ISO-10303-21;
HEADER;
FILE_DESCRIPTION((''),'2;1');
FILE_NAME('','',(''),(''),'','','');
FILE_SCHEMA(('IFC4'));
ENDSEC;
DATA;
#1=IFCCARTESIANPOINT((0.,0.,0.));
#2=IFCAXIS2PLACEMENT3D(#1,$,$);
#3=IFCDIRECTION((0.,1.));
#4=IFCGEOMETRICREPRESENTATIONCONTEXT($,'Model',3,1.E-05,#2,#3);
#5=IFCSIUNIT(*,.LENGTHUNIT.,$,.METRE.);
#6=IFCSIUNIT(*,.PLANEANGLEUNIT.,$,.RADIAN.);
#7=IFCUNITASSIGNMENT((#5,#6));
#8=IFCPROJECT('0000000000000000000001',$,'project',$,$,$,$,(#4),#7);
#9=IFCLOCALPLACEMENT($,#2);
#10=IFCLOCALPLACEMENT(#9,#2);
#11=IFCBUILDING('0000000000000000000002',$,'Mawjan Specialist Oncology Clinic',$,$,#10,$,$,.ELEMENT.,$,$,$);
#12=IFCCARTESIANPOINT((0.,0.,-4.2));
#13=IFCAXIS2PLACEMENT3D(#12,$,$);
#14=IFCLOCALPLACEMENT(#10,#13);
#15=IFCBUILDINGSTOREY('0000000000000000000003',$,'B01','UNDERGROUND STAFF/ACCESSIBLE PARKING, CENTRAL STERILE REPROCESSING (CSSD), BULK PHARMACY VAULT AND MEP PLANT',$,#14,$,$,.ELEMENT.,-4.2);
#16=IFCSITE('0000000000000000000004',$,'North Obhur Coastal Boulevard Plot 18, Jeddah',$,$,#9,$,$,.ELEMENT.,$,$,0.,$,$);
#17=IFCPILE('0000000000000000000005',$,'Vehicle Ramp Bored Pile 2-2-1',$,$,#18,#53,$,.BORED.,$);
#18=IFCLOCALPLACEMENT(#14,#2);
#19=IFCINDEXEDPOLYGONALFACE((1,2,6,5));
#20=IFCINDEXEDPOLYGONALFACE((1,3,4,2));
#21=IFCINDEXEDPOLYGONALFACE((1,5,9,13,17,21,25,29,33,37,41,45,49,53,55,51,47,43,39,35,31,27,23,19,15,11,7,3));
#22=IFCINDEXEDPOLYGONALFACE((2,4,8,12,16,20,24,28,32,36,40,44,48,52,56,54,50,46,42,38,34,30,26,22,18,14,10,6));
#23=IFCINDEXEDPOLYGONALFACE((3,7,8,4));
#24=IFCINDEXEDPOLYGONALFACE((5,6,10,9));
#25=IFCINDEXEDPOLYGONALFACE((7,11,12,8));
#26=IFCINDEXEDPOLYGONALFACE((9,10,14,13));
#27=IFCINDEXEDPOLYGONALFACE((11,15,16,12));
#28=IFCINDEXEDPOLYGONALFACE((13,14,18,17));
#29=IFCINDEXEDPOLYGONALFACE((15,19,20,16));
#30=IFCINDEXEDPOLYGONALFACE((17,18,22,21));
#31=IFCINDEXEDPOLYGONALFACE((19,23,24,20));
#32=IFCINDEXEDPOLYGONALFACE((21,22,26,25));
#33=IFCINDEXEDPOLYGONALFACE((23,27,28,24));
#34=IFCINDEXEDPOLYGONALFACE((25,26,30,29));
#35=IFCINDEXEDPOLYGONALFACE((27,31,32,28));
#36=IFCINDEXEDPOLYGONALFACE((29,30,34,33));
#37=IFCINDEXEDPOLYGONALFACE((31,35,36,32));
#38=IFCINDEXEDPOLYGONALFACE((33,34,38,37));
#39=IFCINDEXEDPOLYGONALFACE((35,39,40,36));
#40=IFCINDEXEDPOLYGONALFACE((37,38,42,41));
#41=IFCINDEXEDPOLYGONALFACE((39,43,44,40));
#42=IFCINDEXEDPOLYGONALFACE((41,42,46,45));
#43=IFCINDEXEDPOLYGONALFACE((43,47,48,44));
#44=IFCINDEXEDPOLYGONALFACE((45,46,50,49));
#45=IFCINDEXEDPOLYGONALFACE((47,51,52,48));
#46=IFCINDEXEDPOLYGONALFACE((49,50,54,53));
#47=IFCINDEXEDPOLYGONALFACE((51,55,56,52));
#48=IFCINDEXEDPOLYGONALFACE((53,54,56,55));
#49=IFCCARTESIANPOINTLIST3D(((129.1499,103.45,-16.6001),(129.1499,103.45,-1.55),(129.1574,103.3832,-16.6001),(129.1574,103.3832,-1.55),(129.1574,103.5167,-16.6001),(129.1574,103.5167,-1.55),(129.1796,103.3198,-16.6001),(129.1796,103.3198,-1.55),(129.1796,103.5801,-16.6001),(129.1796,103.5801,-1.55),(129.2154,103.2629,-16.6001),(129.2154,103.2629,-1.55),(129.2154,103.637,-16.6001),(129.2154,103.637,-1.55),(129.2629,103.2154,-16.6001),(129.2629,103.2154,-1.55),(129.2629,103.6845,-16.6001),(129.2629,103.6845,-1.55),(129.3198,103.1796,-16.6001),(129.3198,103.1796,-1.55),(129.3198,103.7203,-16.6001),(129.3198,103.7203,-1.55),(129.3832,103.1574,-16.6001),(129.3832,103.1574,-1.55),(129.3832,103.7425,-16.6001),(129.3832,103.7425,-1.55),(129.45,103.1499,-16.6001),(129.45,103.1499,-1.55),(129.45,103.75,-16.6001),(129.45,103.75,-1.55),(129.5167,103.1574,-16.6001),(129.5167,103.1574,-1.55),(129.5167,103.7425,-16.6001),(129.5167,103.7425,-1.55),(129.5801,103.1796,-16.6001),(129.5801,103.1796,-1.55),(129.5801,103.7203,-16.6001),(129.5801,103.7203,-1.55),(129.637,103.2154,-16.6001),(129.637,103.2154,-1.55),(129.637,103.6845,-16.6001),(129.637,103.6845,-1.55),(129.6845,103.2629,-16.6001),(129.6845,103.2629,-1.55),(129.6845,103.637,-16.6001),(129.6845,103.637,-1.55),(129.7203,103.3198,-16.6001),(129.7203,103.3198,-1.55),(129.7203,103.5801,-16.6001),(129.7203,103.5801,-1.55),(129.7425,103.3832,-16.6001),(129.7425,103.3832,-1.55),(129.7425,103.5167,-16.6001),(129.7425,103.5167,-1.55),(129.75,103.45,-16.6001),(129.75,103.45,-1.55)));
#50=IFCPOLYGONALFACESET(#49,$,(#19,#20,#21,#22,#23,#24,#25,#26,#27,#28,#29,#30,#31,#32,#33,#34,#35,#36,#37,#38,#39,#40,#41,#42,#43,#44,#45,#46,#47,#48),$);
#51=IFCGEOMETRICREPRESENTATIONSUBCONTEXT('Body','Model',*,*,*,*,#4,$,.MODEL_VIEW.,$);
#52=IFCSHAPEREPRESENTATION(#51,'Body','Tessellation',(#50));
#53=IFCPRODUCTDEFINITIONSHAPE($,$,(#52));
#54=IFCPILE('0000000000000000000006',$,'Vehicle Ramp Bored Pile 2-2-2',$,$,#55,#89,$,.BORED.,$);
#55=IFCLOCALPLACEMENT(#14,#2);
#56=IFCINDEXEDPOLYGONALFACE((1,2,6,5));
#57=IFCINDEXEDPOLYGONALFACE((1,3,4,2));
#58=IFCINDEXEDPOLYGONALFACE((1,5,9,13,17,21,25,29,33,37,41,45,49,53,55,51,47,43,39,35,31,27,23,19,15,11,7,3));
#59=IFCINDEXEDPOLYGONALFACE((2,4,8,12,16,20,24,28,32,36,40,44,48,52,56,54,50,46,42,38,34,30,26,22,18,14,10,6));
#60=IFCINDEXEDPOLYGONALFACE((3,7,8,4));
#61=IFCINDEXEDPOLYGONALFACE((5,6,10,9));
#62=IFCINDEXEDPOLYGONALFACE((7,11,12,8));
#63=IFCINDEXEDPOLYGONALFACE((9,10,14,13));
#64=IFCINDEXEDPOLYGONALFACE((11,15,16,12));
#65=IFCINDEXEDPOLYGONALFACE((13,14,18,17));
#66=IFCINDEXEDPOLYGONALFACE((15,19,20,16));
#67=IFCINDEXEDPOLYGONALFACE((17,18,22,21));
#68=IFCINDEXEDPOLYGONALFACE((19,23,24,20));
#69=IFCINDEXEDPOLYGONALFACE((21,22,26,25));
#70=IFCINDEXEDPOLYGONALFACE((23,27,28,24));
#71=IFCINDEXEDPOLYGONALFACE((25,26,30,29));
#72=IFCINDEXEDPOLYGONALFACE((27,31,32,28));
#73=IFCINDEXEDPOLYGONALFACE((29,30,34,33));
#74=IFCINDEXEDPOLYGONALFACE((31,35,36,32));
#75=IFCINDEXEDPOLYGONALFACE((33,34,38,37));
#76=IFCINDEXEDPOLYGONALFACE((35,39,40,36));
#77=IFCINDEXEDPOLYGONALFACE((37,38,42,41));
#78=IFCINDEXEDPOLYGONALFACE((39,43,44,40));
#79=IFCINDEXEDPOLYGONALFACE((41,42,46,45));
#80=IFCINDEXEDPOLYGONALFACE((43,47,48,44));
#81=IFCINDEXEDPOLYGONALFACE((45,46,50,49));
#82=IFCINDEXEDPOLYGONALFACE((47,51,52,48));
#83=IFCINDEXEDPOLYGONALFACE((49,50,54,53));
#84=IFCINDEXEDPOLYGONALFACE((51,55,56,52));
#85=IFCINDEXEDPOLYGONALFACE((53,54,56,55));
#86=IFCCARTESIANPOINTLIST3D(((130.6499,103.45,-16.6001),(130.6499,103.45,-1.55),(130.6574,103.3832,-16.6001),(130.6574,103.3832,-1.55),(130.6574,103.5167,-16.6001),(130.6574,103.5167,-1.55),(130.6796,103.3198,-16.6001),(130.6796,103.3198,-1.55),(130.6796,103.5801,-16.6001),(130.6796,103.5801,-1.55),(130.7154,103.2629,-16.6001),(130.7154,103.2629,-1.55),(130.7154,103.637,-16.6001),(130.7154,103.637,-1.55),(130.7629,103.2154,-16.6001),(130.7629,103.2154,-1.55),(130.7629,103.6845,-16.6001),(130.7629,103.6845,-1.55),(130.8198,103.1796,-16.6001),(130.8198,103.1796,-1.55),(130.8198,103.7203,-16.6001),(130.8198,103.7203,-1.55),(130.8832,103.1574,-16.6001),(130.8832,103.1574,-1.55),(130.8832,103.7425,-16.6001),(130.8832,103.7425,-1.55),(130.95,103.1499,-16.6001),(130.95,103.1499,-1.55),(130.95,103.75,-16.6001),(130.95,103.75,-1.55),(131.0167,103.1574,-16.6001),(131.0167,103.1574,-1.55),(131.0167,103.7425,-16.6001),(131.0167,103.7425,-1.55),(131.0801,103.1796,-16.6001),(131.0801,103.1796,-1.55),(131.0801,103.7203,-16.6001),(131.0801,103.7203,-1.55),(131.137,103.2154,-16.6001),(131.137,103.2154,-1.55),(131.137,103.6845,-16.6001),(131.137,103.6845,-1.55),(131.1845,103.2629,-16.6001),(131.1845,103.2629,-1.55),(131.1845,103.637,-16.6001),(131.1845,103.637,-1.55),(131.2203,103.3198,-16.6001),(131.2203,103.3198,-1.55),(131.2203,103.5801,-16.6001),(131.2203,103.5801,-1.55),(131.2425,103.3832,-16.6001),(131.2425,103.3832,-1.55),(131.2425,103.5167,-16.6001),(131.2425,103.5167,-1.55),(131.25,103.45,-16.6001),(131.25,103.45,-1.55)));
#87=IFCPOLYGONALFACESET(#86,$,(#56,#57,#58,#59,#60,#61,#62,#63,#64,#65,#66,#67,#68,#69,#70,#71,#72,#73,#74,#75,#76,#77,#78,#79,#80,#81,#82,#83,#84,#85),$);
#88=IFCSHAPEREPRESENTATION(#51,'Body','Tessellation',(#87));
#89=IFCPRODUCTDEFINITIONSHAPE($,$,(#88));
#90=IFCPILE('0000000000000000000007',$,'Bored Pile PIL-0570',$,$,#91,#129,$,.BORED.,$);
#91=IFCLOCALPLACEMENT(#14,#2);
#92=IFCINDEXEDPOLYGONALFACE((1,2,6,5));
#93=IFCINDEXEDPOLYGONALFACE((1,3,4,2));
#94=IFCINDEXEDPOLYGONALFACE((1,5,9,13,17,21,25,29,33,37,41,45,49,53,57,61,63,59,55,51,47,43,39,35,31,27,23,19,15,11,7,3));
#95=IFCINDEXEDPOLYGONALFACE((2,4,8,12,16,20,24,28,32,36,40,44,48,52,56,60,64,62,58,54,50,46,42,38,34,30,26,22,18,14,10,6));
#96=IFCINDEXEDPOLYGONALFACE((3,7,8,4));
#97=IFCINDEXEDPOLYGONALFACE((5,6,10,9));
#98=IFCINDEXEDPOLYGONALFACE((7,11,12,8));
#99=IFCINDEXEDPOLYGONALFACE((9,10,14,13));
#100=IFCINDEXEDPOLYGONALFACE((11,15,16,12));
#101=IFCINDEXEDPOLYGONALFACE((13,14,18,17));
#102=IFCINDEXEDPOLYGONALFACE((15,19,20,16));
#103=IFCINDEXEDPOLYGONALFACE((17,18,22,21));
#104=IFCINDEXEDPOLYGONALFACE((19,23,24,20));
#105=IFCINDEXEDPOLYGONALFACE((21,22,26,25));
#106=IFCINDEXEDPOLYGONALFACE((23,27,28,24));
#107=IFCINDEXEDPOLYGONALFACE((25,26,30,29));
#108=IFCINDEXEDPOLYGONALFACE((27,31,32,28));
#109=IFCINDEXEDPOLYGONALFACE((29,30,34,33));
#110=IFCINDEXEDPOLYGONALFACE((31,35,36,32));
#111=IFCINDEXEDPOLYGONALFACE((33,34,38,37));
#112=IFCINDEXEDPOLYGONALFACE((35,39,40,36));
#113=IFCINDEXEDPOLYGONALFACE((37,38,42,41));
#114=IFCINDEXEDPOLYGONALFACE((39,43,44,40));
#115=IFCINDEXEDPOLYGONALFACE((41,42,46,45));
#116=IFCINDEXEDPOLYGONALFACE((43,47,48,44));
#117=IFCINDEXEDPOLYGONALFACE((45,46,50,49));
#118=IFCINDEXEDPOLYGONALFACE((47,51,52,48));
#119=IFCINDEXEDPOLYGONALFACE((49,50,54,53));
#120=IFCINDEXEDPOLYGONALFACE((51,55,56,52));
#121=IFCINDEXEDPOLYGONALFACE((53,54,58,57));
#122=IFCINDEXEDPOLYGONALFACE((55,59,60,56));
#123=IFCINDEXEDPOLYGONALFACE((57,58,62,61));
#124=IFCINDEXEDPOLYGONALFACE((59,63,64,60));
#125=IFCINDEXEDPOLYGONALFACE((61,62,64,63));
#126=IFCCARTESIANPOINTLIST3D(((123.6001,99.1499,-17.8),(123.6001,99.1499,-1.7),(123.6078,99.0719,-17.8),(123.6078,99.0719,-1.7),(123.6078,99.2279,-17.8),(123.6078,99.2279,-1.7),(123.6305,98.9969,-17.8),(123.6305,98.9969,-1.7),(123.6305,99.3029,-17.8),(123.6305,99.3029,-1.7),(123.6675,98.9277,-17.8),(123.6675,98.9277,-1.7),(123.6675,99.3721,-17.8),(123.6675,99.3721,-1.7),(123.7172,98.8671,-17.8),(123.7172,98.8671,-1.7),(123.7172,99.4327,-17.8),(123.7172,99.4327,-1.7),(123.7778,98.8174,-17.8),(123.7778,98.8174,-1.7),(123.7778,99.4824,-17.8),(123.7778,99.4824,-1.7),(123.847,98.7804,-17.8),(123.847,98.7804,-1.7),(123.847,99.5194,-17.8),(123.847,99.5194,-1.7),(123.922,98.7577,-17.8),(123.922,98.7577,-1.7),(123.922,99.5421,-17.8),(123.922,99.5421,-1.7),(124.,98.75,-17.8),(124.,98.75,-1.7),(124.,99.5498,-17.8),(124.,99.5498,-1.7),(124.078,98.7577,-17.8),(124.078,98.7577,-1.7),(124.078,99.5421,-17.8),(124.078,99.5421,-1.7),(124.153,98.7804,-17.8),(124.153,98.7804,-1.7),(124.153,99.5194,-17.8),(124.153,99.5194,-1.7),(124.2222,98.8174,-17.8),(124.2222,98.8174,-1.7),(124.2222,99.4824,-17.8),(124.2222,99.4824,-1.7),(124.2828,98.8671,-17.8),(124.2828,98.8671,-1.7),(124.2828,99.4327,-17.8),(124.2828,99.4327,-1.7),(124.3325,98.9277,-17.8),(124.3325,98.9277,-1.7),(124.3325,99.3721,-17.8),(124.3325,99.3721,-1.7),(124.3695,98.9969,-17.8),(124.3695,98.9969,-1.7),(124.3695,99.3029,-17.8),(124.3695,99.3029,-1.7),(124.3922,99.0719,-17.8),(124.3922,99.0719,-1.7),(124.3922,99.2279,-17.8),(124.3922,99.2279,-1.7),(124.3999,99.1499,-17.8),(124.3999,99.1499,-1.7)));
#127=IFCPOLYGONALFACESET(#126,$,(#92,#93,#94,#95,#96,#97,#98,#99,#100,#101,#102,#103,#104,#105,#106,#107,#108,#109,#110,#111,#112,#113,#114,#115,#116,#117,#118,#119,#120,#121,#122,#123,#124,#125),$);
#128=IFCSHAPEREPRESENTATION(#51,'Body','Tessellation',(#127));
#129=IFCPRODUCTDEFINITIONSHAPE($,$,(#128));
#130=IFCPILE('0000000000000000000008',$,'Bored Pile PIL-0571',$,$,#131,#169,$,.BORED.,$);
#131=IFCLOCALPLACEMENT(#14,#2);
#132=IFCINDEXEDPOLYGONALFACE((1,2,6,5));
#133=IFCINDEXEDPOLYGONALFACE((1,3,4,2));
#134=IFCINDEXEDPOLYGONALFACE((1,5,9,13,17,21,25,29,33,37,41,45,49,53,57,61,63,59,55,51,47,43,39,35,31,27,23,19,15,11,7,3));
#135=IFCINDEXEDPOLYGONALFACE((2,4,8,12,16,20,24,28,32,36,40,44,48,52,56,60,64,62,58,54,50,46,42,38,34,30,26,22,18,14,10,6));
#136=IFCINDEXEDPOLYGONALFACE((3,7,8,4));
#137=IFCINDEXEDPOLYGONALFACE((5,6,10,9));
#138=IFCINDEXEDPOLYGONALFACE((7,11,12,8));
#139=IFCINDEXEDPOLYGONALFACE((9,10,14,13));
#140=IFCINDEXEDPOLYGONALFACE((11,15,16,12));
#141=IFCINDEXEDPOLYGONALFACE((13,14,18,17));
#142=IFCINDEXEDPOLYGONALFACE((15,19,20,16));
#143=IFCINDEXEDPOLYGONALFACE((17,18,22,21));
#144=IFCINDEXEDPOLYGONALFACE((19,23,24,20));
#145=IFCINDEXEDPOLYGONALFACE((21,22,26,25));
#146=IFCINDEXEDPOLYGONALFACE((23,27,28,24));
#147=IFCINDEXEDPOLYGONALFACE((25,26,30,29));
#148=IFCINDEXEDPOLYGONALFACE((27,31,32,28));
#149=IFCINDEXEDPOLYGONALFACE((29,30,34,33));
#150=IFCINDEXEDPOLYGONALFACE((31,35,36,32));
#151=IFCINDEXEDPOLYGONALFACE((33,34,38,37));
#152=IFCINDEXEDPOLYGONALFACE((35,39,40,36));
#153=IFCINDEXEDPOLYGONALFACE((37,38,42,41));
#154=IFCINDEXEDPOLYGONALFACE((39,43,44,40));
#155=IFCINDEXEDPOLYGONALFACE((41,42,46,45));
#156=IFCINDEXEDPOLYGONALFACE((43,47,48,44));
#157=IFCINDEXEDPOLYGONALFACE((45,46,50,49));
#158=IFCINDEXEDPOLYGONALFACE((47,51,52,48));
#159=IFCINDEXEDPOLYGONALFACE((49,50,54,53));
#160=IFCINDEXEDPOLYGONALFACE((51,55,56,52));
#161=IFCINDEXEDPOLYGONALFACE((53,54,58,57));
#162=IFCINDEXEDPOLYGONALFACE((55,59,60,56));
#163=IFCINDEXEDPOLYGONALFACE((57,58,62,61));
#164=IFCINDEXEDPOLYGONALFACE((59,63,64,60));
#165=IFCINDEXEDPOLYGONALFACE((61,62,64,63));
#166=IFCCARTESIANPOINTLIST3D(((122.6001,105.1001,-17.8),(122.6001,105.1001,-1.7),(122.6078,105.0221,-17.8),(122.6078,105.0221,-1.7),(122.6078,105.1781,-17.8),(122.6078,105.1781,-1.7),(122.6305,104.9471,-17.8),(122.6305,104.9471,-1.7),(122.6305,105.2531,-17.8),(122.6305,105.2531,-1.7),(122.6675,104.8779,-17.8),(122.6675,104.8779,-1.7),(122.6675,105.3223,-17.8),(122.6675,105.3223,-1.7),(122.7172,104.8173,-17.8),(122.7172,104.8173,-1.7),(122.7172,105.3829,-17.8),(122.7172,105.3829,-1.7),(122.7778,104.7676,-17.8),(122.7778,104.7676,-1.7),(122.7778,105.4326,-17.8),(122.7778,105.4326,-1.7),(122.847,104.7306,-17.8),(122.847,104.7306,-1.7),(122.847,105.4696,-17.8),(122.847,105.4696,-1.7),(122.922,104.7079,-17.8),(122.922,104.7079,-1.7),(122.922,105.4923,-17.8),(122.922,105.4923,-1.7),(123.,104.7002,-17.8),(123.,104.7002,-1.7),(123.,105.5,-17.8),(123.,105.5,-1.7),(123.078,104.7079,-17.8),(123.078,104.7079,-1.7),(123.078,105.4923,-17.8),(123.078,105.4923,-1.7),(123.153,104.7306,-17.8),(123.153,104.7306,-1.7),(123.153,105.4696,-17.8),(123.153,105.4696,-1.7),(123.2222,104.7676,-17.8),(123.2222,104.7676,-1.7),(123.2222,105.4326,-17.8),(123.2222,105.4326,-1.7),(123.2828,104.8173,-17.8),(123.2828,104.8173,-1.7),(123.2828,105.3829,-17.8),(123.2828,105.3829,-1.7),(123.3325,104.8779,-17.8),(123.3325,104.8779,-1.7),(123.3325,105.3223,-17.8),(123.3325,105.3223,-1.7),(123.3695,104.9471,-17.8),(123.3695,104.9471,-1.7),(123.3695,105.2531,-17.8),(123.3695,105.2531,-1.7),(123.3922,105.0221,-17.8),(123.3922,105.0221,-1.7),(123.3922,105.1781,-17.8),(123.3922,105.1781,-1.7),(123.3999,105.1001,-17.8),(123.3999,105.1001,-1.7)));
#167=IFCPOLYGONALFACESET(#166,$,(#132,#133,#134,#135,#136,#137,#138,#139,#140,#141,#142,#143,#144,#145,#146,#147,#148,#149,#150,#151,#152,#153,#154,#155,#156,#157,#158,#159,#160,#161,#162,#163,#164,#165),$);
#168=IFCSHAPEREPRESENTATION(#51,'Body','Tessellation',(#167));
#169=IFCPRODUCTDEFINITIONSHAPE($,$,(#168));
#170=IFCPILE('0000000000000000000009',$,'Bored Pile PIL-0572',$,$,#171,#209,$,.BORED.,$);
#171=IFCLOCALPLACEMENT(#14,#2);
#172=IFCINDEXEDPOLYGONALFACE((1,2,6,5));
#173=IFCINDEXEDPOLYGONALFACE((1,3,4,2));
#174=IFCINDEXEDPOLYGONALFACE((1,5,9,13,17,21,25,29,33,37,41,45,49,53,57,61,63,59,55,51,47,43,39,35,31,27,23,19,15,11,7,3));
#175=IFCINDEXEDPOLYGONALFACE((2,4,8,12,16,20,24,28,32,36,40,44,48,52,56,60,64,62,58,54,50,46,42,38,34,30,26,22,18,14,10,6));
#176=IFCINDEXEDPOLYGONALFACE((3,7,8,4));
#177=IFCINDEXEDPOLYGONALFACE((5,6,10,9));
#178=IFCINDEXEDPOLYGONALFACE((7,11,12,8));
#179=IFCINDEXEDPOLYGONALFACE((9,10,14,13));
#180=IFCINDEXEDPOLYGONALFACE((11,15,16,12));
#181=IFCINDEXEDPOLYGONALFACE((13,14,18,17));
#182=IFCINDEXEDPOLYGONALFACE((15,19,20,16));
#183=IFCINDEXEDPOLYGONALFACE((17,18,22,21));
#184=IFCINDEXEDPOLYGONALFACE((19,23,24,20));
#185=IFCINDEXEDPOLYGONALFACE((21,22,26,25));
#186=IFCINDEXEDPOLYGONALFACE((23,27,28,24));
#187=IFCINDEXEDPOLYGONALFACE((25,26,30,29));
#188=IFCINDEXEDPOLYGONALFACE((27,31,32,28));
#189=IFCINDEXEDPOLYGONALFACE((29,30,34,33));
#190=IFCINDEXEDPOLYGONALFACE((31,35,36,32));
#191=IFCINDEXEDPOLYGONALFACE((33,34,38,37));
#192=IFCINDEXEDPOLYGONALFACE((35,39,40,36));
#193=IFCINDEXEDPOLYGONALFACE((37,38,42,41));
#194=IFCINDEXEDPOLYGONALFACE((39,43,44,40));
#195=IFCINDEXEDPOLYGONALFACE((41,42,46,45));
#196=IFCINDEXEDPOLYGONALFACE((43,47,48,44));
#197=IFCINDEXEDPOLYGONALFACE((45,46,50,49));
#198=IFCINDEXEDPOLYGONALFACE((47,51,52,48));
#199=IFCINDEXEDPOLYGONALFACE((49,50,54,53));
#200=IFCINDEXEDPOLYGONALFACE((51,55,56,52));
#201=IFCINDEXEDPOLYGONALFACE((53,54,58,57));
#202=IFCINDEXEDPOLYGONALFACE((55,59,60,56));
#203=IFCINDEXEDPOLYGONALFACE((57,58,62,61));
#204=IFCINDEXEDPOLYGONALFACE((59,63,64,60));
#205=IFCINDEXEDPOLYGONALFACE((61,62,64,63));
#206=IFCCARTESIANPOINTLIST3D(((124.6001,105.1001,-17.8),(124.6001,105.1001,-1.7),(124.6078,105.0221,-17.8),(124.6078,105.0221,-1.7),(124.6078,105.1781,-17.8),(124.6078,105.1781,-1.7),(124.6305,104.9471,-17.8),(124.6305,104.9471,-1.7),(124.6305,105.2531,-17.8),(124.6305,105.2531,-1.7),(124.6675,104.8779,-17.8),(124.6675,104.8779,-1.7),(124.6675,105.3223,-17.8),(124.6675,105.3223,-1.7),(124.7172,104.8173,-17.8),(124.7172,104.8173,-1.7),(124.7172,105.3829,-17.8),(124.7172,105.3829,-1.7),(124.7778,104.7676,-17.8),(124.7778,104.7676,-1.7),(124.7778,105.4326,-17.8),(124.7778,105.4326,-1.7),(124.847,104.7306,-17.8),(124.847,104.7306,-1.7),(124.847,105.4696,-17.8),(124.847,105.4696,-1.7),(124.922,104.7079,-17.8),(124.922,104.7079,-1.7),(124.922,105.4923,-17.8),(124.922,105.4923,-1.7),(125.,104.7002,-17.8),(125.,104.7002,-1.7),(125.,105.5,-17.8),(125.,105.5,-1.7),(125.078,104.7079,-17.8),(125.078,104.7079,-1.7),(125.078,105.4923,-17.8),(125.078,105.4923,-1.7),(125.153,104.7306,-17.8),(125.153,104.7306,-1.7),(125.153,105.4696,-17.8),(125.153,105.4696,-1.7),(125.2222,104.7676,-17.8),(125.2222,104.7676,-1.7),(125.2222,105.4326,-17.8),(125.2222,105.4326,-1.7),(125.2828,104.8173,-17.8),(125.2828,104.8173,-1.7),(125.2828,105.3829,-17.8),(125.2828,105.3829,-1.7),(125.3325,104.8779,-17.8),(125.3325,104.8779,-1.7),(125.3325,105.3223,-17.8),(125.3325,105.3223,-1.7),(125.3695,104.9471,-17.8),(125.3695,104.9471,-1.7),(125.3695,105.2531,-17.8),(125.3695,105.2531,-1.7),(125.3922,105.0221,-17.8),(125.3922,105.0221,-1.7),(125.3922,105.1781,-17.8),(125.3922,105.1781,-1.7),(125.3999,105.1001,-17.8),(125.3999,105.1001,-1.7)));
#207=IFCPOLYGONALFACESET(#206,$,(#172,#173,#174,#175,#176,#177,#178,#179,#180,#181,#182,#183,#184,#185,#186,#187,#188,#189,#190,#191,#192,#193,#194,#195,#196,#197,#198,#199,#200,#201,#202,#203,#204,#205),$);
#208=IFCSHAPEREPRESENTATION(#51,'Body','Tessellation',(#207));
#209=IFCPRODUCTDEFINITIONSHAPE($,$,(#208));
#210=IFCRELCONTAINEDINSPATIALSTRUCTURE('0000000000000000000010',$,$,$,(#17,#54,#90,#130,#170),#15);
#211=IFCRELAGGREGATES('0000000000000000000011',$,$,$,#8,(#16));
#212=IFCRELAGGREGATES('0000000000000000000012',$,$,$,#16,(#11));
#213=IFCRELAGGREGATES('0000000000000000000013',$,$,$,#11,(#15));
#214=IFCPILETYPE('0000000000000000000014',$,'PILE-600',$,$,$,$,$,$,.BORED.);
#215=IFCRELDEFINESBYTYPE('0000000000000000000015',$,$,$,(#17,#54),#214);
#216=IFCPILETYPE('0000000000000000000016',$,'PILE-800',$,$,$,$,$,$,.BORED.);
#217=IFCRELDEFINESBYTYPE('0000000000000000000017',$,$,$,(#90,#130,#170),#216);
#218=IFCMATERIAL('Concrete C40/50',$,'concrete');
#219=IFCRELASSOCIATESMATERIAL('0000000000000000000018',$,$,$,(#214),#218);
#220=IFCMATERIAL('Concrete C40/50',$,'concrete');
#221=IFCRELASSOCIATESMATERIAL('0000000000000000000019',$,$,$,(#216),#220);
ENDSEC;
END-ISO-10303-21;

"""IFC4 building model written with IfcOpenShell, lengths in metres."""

from ifc_helpers import new_model, si_unit, direction, frame, origin, origin_2d, place, context, subcontext, project, spatial, circle, extrude, material, material_profile, profile_set, type_object, element, save


model = new_model("IFC4")

# Units and contexts
model_context = context("Model", 3, precision=1e-05, world=origin(), true_north=direction((0.0, 1.0)))
body_context = subcontext(model_context, "Body", "Model", "MODEL_VIEW")
ifc_project = project(units=[si_unit("LENGTHUNIT", "METRE"), si_unit("PLANEANGLEUNIT", "RADIAN")], contexts=[model_context])

# Site, building, storey
site_placement = place(None, origin())
site = spatial("IfcSite", under=ifc_project, at=site_placement, Name="North Obhur Coastal Boulevard Plot 18, Jeddah", CompositionType="ELEMENT", RefElevation=0.0)
building_placement = place(site_placement, origin())
building = spatial("IfcBuilding", under=site, at=building_placement, Name="Mawjan Specialist Oncology Clinic", CompositionType="ELEMENT")
storey_placement = place(building_placement, frame((0.0, 0.0, -4.2)))
storey = spatial("IfcBuildingStorey", under=building, at=storey_placement, Name="B01", Description="UNDERGROUND STAFF/ACCESSIBLE PARKING, CENTRAL STERILE REPROCESSING (CSSD), BULK PHARMACY VAULT AND MEP PLANT", CompositionType="ELEMENT", Elevation=-4.2)

# Piles
ifc_material_1 = material(Name="Concrete C40/50", Category="concrete")
ifc_material_profile_1 = material_profile(ifc_material_1, circle(Radius=0.3, at=origin_2d()), Name="BORED PILE D600", Category="concrete")
ifc_profile_set_1 = profile_set([ifc_material_profile_1], Name="Concrete C40/50")
pile_type_1 = type_object("IfcPileType", Name="PILE-600", PredefinedType="BORED", material=ifc_profile_set_1)
for number, where, z_axis, x_axis, name in (
    (1, (129.45, 103.45, -1.55), (0.0, 0.0, -1.0), (1.0, 0.0, 0.0), "Vehicle Ramp Bored Pile 2-2-1"),
    (2, (130.95, 103.45, -1.55), (0.0, 0.0, -1.0), (1.0, 0.0, 0.0), "Vehicle Ramp Bored Pile 2-2-2"),
):
    element("IfcPile", number, at=place(storey_placement, frame(where, z_axis=z_axis, x_axis=x_axis)), inside=storey, type_object=pile_type_1, Name=name, PredefinedType="BORED", context=body_context, shape_type="SweptSolid", body=[
        extrude(circle(Radius=0.3, at=origin_2d()), origin(), (0.0, 0.0, 1.0), 15.05),
    ])
ifc_material_2 = material(Name="Concrete C40/50", Category="concrete")
ifc_material_profile_2 = material_profile(ifc_material_2, circle(Radius=0.3999, at=origin_2d()), Name="BORED PILE D800", Category="concrete")
ifc_profile_set_2 = profile_set([ifc_material_profile_2], Name="Concrete C40/50")
pile_type_2 = type_object("IfcPileType", Name="PILE-800", PredefinedType="BORED", material=ifc_profile_set_2)
for number, where, z_axis, x_axis, name in (
    (3, (124.0, 99.1499, -1.7), (0.0, 0.0, -1.0), (1.0, 0.0, 0.0), "Bored Pile PIL-0570"),
    (4, (123.0, 105.1001, -1.7), (0.0, 0.0, -1.0), (1.0, 0.0, 0.0), "Bored Pile PIL-0571"),
    (5, (125.0, 105.1001, -1.7), (0.0, 0.0, -1.0), (1.0, 0.0, 0.0), "Bored Pile PIL-0572"),
):
    element("IfcPile", number, at=place(storey_placement, frame(where, z_axis=z_axis, x_axis=x_axis)), inside=storey, type_object=pile_type_2, Name=name, PredefinedType="BORED", context=body_context, shape_type="SweptSolid", body=[
        extrude(circle(Radius=0.3999, at=origin_2d()), origin(), (0.0, 0.0, 1.0), 16.1001),
    ])

save(model, "model.ifc")
